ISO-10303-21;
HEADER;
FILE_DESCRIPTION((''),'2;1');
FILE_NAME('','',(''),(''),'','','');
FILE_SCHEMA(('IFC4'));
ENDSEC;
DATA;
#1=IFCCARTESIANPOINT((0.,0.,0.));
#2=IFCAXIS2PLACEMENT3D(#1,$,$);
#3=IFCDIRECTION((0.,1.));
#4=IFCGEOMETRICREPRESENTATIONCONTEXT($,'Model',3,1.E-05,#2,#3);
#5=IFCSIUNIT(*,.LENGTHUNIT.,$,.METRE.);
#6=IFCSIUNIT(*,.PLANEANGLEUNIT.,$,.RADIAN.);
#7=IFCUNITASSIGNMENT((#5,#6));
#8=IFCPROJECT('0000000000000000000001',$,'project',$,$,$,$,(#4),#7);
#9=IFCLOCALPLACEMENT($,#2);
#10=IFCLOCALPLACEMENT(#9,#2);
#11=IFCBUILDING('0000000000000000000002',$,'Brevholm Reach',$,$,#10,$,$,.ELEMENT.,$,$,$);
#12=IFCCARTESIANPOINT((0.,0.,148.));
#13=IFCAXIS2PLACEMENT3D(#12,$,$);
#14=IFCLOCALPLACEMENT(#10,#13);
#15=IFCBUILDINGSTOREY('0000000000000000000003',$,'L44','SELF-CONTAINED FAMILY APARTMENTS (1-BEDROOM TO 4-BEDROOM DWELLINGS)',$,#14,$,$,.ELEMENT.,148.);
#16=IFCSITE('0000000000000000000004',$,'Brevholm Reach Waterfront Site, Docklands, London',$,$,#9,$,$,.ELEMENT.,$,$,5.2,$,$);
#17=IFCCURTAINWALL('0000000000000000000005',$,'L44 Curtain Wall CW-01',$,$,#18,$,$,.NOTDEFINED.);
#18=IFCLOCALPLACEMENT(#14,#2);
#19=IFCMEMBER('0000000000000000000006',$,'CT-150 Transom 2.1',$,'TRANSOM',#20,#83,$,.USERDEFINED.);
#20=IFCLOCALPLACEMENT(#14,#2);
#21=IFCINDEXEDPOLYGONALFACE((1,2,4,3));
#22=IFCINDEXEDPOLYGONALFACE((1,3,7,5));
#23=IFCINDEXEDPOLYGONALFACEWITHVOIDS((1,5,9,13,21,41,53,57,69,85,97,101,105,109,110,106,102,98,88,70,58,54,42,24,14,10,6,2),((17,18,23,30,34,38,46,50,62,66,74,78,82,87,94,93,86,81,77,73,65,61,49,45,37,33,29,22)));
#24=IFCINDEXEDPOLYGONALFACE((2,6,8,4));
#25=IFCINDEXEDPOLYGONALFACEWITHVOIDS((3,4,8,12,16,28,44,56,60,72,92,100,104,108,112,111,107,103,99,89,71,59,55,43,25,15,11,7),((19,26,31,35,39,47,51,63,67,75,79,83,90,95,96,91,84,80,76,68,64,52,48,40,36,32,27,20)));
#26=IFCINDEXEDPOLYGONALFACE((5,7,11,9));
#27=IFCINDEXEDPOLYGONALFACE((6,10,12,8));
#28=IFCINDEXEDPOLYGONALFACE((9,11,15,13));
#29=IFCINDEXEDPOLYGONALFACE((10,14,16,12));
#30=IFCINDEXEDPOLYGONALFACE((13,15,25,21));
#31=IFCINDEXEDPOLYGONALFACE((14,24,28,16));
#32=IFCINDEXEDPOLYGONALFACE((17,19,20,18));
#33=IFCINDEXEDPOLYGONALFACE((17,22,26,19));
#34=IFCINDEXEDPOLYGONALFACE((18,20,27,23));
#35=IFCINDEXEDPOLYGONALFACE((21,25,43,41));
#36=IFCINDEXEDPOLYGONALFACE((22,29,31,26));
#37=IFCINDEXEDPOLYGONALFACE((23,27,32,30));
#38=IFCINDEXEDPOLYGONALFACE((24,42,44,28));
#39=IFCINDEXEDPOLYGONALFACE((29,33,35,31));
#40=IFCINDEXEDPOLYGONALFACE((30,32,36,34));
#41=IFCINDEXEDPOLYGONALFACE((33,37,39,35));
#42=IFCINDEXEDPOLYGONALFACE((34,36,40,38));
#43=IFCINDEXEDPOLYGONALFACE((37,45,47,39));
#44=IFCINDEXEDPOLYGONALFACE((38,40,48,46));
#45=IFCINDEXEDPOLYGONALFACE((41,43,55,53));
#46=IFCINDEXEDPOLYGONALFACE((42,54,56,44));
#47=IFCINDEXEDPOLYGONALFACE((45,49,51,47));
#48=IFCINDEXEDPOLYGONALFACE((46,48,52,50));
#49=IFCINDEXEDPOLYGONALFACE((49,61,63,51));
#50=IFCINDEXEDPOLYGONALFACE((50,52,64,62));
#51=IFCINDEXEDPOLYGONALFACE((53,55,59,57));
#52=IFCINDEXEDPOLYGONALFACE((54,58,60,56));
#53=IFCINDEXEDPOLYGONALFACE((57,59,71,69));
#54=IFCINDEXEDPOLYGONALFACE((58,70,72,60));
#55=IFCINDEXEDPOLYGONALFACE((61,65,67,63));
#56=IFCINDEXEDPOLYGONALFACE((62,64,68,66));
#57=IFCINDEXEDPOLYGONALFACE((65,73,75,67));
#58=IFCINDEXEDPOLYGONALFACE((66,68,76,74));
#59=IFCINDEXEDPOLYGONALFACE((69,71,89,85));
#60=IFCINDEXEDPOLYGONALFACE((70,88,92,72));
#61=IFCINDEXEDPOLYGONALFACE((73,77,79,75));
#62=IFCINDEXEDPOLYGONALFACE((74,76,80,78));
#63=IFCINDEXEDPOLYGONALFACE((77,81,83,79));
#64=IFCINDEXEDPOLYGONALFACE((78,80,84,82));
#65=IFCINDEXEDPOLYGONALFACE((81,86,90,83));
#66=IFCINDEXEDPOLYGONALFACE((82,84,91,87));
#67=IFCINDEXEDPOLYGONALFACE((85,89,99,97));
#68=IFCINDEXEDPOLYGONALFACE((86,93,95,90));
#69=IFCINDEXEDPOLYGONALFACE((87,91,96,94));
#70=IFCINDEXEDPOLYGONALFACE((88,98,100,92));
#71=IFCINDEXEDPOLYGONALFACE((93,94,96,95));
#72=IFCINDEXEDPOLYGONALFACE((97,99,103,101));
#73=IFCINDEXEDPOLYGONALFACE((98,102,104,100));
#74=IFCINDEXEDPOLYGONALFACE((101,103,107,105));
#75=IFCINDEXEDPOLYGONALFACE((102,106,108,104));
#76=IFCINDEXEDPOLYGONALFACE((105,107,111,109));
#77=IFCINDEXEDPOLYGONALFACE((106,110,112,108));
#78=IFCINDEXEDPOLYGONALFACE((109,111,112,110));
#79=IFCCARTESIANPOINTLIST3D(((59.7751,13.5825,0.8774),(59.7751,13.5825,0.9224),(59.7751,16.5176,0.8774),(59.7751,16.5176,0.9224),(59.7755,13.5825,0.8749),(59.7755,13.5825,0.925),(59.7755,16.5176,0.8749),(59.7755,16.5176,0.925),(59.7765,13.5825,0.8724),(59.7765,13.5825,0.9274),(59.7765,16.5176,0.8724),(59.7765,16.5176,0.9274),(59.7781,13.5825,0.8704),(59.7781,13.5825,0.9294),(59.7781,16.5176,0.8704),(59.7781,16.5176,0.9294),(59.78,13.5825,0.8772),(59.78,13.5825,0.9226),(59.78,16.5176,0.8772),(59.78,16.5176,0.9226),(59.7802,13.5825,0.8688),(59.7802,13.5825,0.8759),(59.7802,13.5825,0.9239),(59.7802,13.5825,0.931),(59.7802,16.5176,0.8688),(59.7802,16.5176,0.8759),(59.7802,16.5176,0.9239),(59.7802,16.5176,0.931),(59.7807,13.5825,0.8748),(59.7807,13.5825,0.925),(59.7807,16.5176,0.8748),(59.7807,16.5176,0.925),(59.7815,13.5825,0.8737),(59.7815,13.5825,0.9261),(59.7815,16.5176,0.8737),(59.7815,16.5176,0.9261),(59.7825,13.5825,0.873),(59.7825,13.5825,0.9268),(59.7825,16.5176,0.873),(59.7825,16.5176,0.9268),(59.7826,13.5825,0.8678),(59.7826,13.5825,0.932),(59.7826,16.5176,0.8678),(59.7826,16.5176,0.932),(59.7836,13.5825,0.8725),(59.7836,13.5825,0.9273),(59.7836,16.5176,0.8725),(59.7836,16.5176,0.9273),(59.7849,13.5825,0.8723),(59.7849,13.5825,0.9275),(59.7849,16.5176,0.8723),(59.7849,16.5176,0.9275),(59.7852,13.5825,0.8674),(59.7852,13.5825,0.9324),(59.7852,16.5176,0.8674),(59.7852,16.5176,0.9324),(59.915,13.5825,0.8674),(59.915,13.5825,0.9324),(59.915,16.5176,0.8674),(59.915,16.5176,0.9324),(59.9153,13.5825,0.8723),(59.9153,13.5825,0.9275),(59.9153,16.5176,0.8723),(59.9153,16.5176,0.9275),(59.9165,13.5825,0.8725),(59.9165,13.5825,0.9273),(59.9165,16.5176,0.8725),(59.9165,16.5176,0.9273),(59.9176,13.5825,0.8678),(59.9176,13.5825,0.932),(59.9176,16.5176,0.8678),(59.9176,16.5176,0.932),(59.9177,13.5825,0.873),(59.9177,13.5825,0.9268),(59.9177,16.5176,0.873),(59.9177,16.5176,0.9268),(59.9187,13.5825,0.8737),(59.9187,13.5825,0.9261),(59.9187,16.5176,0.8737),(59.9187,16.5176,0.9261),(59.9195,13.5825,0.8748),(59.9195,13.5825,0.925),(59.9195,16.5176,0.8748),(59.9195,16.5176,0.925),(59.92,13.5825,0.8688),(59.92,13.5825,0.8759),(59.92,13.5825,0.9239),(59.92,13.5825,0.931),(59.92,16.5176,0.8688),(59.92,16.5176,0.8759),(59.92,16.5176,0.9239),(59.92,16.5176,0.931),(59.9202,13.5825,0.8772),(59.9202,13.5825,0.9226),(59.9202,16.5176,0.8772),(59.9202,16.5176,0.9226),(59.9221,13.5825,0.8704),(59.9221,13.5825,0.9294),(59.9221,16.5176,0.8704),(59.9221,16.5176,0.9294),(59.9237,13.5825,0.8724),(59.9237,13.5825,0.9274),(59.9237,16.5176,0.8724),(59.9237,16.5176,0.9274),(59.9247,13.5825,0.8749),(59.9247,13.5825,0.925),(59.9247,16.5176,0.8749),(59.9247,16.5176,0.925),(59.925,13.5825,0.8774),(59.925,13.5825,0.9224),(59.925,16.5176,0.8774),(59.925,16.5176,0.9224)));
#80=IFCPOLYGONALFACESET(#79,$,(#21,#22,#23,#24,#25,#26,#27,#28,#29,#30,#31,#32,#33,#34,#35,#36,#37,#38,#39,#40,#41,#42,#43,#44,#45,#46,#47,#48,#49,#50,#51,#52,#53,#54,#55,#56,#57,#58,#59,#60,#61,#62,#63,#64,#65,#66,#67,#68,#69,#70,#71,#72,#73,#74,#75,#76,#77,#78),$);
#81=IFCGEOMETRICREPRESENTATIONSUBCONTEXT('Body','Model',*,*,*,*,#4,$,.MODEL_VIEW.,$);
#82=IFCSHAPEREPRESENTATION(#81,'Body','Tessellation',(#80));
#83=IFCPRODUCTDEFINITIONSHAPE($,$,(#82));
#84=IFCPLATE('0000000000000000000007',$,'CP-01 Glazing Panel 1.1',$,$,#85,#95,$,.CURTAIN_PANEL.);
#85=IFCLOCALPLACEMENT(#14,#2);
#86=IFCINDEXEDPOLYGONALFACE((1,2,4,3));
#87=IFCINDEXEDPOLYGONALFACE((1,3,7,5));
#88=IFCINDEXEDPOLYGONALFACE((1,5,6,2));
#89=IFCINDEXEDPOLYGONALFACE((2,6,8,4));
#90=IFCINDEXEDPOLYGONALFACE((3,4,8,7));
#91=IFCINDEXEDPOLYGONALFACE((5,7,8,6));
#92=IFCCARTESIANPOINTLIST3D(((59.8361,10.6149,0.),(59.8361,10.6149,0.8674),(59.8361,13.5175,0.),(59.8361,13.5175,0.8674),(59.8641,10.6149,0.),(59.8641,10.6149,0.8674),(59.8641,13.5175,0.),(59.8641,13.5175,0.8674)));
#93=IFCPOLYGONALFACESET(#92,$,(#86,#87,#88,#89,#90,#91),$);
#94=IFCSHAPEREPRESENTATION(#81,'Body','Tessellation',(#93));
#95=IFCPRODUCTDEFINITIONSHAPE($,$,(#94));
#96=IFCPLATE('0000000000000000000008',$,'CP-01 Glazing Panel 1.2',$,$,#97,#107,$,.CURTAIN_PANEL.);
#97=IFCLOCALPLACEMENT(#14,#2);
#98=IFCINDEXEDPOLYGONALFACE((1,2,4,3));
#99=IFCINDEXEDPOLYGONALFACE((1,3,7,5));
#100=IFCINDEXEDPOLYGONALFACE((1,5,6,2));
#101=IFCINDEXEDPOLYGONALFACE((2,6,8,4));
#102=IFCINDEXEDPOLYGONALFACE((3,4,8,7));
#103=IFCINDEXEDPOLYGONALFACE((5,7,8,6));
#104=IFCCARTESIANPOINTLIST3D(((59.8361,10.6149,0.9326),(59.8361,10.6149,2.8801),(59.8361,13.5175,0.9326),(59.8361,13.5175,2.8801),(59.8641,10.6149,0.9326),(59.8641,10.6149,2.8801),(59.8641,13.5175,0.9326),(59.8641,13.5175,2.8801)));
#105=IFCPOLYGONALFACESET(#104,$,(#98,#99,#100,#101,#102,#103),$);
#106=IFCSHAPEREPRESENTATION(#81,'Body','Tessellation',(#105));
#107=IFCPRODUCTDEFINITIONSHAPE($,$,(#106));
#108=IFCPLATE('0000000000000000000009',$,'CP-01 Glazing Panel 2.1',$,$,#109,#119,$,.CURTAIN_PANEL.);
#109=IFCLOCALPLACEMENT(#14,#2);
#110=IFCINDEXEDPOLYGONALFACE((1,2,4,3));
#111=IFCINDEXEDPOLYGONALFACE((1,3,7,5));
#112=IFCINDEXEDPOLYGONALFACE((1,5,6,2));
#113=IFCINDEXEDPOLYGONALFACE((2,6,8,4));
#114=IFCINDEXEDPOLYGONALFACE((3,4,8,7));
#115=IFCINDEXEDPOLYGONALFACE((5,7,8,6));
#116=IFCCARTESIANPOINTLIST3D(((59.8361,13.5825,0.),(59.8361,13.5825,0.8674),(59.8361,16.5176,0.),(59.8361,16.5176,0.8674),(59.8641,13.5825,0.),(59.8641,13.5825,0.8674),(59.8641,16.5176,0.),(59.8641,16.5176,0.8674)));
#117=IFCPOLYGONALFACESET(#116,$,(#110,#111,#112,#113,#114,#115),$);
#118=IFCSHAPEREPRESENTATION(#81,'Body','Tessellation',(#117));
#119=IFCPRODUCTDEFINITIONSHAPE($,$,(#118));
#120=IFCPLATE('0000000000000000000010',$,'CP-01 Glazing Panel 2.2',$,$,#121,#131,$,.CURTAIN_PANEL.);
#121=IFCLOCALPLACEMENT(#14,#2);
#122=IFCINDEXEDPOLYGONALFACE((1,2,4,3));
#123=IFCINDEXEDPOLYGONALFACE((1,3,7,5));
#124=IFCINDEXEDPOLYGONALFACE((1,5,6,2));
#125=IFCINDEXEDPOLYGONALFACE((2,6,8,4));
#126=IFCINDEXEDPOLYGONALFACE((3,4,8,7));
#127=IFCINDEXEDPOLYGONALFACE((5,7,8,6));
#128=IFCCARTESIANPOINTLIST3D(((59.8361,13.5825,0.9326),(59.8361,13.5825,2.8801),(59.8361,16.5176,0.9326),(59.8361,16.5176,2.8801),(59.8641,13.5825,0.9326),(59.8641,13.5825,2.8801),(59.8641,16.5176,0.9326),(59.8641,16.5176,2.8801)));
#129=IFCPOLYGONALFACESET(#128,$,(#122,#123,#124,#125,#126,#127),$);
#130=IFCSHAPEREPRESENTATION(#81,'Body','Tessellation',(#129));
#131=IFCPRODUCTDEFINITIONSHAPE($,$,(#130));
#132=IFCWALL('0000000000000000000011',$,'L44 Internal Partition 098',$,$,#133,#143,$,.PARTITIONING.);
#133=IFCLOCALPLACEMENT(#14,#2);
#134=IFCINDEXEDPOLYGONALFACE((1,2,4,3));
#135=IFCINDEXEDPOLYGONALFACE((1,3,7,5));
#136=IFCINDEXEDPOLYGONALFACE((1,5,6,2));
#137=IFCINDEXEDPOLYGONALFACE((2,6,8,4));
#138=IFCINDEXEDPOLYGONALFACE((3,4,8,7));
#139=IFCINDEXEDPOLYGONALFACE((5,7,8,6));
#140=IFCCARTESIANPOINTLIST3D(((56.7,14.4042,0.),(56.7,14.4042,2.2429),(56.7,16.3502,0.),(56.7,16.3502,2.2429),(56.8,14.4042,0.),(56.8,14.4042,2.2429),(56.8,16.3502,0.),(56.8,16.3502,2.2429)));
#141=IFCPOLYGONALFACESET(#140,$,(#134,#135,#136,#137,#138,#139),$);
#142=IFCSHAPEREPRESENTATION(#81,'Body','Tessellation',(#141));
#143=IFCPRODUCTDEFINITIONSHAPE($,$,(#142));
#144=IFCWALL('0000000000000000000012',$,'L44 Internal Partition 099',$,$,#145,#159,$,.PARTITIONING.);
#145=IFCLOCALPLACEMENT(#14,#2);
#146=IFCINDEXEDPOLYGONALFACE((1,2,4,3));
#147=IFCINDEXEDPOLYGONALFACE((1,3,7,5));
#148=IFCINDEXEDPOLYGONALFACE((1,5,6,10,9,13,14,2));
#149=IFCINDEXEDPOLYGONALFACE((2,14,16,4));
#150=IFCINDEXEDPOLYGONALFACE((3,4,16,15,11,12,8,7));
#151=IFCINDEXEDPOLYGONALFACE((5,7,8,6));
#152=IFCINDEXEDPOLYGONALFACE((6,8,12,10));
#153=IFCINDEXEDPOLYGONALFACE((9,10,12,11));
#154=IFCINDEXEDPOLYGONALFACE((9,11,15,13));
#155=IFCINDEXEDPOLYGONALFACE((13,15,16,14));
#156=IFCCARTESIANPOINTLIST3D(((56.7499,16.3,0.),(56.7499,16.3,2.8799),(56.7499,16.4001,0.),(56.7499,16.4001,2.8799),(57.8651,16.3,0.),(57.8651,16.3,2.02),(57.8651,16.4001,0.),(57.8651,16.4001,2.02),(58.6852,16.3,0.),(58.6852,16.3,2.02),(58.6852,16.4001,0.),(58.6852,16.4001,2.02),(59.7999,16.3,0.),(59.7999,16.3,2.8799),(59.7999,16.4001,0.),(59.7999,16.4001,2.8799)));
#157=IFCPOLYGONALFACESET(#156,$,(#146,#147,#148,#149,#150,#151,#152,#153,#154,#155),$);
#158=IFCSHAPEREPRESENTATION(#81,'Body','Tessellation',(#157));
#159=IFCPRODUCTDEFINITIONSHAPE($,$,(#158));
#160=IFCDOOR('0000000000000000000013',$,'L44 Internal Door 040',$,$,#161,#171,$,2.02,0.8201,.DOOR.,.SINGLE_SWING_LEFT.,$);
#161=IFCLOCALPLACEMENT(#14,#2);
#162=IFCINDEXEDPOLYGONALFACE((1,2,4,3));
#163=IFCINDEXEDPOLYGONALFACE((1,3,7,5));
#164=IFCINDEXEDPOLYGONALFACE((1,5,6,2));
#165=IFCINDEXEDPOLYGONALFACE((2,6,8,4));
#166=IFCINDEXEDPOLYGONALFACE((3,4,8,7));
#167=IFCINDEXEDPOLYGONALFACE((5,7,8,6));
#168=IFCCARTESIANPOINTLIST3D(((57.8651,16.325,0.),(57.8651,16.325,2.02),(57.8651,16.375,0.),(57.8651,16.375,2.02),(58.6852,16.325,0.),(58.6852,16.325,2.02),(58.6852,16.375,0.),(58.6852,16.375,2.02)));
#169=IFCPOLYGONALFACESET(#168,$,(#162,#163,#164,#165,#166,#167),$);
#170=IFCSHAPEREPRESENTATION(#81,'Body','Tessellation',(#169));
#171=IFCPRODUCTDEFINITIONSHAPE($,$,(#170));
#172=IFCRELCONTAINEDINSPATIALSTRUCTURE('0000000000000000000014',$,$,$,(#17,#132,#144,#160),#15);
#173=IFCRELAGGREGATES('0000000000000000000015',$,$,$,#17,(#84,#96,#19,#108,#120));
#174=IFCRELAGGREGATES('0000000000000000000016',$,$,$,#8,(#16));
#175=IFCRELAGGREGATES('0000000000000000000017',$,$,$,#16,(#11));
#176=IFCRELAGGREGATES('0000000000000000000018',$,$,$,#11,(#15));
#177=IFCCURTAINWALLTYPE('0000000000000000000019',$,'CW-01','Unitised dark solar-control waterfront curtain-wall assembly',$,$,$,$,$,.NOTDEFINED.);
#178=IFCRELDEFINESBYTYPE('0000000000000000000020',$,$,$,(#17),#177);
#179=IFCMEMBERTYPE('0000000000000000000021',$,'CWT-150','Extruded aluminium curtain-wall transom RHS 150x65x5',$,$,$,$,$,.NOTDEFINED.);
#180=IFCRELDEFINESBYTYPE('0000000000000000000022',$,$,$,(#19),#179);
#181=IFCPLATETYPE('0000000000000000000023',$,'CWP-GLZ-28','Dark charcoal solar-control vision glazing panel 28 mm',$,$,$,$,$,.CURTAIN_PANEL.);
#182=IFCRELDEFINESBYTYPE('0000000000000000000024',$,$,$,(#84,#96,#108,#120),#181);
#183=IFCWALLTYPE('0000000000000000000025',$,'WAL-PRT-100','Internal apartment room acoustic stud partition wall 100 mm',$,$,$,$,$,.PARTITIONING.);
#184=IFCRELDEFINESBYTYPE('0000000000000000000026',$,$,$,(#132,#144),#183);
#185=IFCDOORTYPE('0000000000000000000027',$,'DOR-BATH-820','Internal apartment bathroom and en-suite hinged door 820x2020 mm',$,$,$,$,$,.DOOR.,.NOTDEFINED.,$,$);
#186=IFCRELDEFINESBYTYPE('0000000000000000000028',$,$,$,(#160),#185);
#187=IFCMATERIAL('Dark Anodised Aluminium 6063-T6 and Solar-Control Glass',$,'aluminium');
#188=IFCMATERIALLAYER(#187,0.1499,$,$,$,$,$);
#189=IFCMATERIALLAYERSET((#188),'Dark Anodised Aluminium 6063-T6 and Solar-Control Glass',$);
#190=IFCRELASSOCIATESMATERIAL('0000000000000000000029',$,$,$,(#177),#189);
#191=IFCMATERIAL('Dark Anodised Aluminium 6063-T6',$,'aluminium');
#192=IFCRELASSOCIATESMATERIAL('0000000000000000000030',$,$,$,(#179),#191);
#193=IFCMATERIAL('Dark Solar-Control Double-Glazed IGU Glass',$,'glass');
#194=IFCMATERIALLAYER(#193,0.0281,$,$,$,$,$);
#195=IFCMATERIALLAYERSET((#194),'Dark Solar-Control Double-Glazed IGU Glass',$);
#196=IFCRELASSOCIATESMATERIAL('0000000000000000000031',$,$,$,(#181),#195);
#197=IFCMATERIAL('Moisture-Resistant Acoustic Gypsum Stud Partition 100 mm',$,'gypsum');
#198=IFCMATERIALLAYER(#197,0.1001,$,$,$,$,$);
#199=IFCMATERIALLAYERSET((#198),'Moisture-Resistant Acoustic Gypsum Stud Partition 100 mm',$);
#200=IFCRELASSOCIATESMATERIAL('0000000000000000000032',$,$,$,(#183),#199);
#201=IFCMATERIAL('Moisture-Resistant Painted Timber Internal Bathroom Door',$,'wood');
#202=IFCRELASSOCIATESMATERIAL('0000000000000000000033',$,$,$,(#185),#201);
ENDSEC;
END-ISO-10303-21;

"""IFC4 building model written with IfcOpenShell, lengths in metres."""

from ifc_helpers import new_model, si_unit, direction, frame, frame_2d, origin, origin_2d, place, context, subcontext, project, spatial, rectangle, hollow_rectangle, extrude, material, layer, layer_set, material_profile, profile_set, type_object, element, fill, aggregate, save


model = new_model("IFC4")

# Units and contexts
model_context = context("Model", 3, precision=1e-05, world=origin(), true_north=direction((0.0, 1.0)))
body_context = subcontext(model_context, "Body", "Model", "MODEL_VIEW")
ifc_project = project(units=[si_unit("LENGTHUNIT", "METRE"), si_unit("PLANEANGLEUNIT", "RADIAN")], contexts=[model_context])

# Site, building, storey
site_placement = place(None, origin())
site = spatial("IfcSite", under=ifc_project, at=site_placement, Name="Brevholm Reach Waterfront Site, Docklands, London", CompositionType="ELEMENT", RefElevation=5.2)
building_placement = place(site_placement, origin())
building = spatial("IfcBuilding", under=site, at=building_placement, Name="Brevholm Reach", CompositionType="ELEMENT")
storey_placement = place(building_placement, frame((0.0, 0.0, 148.0)))
storey = spatial("IfcBuildingStorey", under=building, at=storey_placement, Name="L44", Description="SELF-CONTAINED FAMILY APARTMENTS (1-BEDROOM TO 4-BEDROOM DWELLINGS)", CompositionType="ELEMENT", Elevation=148.0)

# Curtain wall, member, plates
ifc_material_1 = material(Name="Dark Anodised Aluminium 6063-T6 and Solar-Control Glass", Category="aluminium")
ifc_layer_1 = layer(ifc_material_1, 0.1499)
ifc_layer_set_1 = layer_set([ifc_layer_1], Name="Dark Anodised Aluminium 6063-T6 and Solar-Control Glass")
curtain_wall_type = type_object("IfcCurtainWallType", Name="CW-01", Description="Unitised dark solar-control waterfront curtain-wall assembly", PredefinedType="NOTDEFINED", material=ifc_layer_set_1)
curtain_wall_placement = place(storey_placement, origin())
curtain_wall = element("IfcCurtainWall", 1, at=curtain_wall_placement, inside=storey, type_object=curtain_wall_type, Name="L44 Curtain Wall CW-01", PredefinedType="NOTDEFINED")
ifc_material_2 = material(Name="Dark Anodised Aluminium 6063-T6", Category="aluminium")
ifc_material_profile_1 = material_profile(ifc_material_2, hollow_rectangle(XDim=0.0649, YDim=0.1499, WallThickness=0.0049, InnerFilletRadius=0.0049, OuterFilletRadius=0.01, at=origin_2d()), Name="RHS 150x65x5")
ifc_profile_set_1 = profile_set([ifc_material_profile_1], Name="Dark Anodised Aluminium 6063-T6")
member_type_1 = type_object("IfcMemberType", Name="CWT-150", Description="Extruded aluminium curtain-wall transom RHS 150x65x5", PredefinedType="NOTDEFINED", material=ifc_profile_set_1)
member_1_placement = place(storey_placement, frame((59.8501, 13.5825, 0.8999), z_axis=(0.0, 1.0, 0.0), x_axis=(0.0, 0.0, 1.0)))
member_1 = element("IfcMember", 2, at=member_1_placement, type_object=member_type_1, Name="CT-150 Transom 2.1", ObjectType="TRANSOM", PredefinedType="USERDEFINED", context=body_context, shape_type="SweptSolid", body=[
    extrude(hollow_rectangle(XDim=0.0649, YDim=0.1499, WallThickness=0.0049, InnerFilletRadius=0.0049, OuterFilletRadius=0.01, at=origin_2d()), origin(), (0.0, 0.0, 1.0), 2.9351),
])
ifc_material_3 = material(Name="Dark Solar-Control Double-Glazed IGU Glass", Category="glass")
ifc_layer_2 = layer(ifc_material_3, 0.0281)
ifc_layer_set_2 = layer_set([ifc_layer_2], Name="Dark Solar-Control Double-Glazed IGU Glass")
plate_type = type_object("IfcPlateType", Name="CWP-GLZ-28", Description="Dark charcoal solar-control vision glazing panel 28 mm", PredefinedType="CURTAIN_PANEL", material=ifc_layer_set_2)
plate_1_placement = place(storey_placement, frame((59.8501, 12.0662, 0.0), z_axis=(0.0, 0.0, 1.0), x_axis=(0.0, 1.0, 0.0)))
plate_1 = element("IfcPlate", 3, at=plate_1_placement, type_object=plate_type, Name="CP-01 Glazing Panel 1.1", PredefinedType="CURTAIN_PANEL", context=body_context, shape_type="SweptSolid", body=[
    extrude(rectangle(XDim=2.9026, YDim=0.0281, at=origin_2d()), origin(), (0.0, 0.0, 1.0), 0.8674),
])
plate_2_placement = place(storey_placement, frame((59.8501, 12.0662, 0.9326), z_axis=(0.0, 0.0, 1.0), x_axis=(0.0, 1.0, 0.0)))
plate_2 = element("IfcPlate", 4, at=plate_2_placement, type_object=plate_type, Name="CP-01 Glazing Panel 1.2", PredefinedType="CURTAIN_PANEL", context=body_context, shape_type="SweptSolid", body=[
    extrude(rectangle(XDim=2.9026, YDim=0.0281, at=origin_2d()), origin(), (0.0, 0.0, 1.0), 1.9475),
])
plate_3_placement = place(storey_placement, frame((59.8501, 15.05, 0.0), z_axis=(0.0, 0.0, 1.0), x_axis=(0.0, 1.0, 0.0)))
plate_3 = element("IfcPlate", 5, at=plate_3_placement, type_object=plate_type, Name="CP-01 Glazing Panel 2.1", PredefinedType="CURTAIN_PANEL", context=body_context, shape_type="SweptSolid", body=[
    extrude(rectangle(XDim=2.9351, YDim=0.0281, at=origin_2d()), origin(), (0.0, 0.0, 1.0), 0.8674),
])
plate_4_placement = place(storey_placement, frame((59.8501, 15.05, 0.9326), z_axis=(0.0, 0.0, 1.0), x_axis=(0.0, 1.0, 0.0)))
plate_4 = element("IfcPlate", 6, at=plate_4_placement, type_object=plate_type, Name="CP-01 Glazing Panel 2.2", PredefinedType="CURTAIN_PANEL", context=body_context, shape_type="SweptSolid", body=[
    extrude(rectangle(XDim=2.9351, YDim=0.0281, at=origin_2d()), origin(), (0.0, 0.0, 1.0), 1.9475),
])
aggregate(curtain_wall, [plate_1, plate_2, member_1, plate_3, plate_4])

# Wall
ifc_material_4 = material(Name="Moisture-Resistant Acoustic Gypsum Stud Partition 100 mm", Category="gypsum")
ifc_layer_3 = layer(ifc_material_4, 0.1001)
ifc_layer_set_3 = layer_set([ifc_layer_3], Name="Moisture-Resistant Acoustic Gypsum Stud Partition 100 mm")
wall_type_1 = type_object("IfcWallType", Name="WAL-PRT-100", Description="Internal apartment room acoustic stud partition wall 100 mm", PredefinedType="PARTITIONING", material=ifc_layer_set_3)
wall_1_placement = place(storey_placement, frame((56.75, 14.4041, 0.0), z_axis=(0.0, 0.0, 1.0), x_axis=(0.0, 1.0, 0.0)))
element("IfcWall", 7, at=wall_1_placement, inside=storey, type_object=wall_type_1, Name="L44 Internal Partition 098", PredefinedType="PARTITIONING", context=body_context, shape_type="SweptSolid", body=[
    extrude(rectangle(XDim=1.946, YDim=0.1001, at=frame_2d((0.9731, 0.0))), origin(), (0.0, 0.0, 1.0), 2.2429),
])

# Wall, opening, door
wall_2_placement = place(storey_placement, frame((56.75, 16.3501, 0.0), z_axis=(0.0, 0.0, 1.0), x_axis=(1.0, 0.0, 0.0)))
wall_2 = element("IfcWall", 8, at=wall_2_placement, inside=storey, type_object=wall_type_1, Name="L44 Internal Partition 099", PredefinedType="PARTITIONING", context=body_context, shape_type="SweptSolid", body=[
    extrude(rectangle(XDim=3.05, YDim=0.1001, at=frame_2d((1.5249, 0.0))), origin(), (0.0, 0.0, 1.0), 2.8799),
])
opening_1_placement = place(wall_2_placement, frame((1.115, 0.0, 0.0)))
opening_1 = element("IfcOpeningElement", 9, at=opening_1_placement, cuts=wall_2, PredefinedType="OPENING", context=body_context, shape_type="SweptSolid", body=[
    extrude(rectangle(XDim=0.8201, YDim=2.02, at=frame_2d((0.4102, 1.01))), frame((0.0, 0.0601, 0.0), z_axis=(0.0, -1.0, 0.0), x_axis=(1.0, 0.0, 0.0)), (0.0, 0.0, 1.0), 0.1201),
])
ifc_material_5 = material(Name="Moisture-Resistant Painted Timber Internal Bathroom Door", Category="wood")
door_type_1 = type_object("IfcDoorType", Name="DOR-BATH-820", Description="Internal apartment bathroom and en-suite hinged door 820x2020 mm", OperationType="NOTDEFINED", PredefinedType="DOOR", material=ifc_material_5)
door_1_placement = place(opening_1_placement, origin())
door_1 = element("IfcDoor", 10, at=door_1_placement, inside=storey, type_object=door_type_1, Name="L44 Internal Door 040", OperationType="SINGLE_SWING_LEFT", OverallHeight=2.02, OverallWidth=0.8201, PredefinedType="DOOR", context=body_context, shape_type="SweptSolid", body=[
    extrude(rectangle(XDim=0.8201, YDim=2.02, at=frame_2d((0.4102, 1.01))), frame((0.0, 0.0249, 0.0), z_axis=(0.0, -1.0, 0.0), x_axis=(1.0, 0.0, 0.0)), (0.0, 0.0, 1.0), 0.05),
])
fill(opening_1, door_1)

save(model, "model.ifc")
